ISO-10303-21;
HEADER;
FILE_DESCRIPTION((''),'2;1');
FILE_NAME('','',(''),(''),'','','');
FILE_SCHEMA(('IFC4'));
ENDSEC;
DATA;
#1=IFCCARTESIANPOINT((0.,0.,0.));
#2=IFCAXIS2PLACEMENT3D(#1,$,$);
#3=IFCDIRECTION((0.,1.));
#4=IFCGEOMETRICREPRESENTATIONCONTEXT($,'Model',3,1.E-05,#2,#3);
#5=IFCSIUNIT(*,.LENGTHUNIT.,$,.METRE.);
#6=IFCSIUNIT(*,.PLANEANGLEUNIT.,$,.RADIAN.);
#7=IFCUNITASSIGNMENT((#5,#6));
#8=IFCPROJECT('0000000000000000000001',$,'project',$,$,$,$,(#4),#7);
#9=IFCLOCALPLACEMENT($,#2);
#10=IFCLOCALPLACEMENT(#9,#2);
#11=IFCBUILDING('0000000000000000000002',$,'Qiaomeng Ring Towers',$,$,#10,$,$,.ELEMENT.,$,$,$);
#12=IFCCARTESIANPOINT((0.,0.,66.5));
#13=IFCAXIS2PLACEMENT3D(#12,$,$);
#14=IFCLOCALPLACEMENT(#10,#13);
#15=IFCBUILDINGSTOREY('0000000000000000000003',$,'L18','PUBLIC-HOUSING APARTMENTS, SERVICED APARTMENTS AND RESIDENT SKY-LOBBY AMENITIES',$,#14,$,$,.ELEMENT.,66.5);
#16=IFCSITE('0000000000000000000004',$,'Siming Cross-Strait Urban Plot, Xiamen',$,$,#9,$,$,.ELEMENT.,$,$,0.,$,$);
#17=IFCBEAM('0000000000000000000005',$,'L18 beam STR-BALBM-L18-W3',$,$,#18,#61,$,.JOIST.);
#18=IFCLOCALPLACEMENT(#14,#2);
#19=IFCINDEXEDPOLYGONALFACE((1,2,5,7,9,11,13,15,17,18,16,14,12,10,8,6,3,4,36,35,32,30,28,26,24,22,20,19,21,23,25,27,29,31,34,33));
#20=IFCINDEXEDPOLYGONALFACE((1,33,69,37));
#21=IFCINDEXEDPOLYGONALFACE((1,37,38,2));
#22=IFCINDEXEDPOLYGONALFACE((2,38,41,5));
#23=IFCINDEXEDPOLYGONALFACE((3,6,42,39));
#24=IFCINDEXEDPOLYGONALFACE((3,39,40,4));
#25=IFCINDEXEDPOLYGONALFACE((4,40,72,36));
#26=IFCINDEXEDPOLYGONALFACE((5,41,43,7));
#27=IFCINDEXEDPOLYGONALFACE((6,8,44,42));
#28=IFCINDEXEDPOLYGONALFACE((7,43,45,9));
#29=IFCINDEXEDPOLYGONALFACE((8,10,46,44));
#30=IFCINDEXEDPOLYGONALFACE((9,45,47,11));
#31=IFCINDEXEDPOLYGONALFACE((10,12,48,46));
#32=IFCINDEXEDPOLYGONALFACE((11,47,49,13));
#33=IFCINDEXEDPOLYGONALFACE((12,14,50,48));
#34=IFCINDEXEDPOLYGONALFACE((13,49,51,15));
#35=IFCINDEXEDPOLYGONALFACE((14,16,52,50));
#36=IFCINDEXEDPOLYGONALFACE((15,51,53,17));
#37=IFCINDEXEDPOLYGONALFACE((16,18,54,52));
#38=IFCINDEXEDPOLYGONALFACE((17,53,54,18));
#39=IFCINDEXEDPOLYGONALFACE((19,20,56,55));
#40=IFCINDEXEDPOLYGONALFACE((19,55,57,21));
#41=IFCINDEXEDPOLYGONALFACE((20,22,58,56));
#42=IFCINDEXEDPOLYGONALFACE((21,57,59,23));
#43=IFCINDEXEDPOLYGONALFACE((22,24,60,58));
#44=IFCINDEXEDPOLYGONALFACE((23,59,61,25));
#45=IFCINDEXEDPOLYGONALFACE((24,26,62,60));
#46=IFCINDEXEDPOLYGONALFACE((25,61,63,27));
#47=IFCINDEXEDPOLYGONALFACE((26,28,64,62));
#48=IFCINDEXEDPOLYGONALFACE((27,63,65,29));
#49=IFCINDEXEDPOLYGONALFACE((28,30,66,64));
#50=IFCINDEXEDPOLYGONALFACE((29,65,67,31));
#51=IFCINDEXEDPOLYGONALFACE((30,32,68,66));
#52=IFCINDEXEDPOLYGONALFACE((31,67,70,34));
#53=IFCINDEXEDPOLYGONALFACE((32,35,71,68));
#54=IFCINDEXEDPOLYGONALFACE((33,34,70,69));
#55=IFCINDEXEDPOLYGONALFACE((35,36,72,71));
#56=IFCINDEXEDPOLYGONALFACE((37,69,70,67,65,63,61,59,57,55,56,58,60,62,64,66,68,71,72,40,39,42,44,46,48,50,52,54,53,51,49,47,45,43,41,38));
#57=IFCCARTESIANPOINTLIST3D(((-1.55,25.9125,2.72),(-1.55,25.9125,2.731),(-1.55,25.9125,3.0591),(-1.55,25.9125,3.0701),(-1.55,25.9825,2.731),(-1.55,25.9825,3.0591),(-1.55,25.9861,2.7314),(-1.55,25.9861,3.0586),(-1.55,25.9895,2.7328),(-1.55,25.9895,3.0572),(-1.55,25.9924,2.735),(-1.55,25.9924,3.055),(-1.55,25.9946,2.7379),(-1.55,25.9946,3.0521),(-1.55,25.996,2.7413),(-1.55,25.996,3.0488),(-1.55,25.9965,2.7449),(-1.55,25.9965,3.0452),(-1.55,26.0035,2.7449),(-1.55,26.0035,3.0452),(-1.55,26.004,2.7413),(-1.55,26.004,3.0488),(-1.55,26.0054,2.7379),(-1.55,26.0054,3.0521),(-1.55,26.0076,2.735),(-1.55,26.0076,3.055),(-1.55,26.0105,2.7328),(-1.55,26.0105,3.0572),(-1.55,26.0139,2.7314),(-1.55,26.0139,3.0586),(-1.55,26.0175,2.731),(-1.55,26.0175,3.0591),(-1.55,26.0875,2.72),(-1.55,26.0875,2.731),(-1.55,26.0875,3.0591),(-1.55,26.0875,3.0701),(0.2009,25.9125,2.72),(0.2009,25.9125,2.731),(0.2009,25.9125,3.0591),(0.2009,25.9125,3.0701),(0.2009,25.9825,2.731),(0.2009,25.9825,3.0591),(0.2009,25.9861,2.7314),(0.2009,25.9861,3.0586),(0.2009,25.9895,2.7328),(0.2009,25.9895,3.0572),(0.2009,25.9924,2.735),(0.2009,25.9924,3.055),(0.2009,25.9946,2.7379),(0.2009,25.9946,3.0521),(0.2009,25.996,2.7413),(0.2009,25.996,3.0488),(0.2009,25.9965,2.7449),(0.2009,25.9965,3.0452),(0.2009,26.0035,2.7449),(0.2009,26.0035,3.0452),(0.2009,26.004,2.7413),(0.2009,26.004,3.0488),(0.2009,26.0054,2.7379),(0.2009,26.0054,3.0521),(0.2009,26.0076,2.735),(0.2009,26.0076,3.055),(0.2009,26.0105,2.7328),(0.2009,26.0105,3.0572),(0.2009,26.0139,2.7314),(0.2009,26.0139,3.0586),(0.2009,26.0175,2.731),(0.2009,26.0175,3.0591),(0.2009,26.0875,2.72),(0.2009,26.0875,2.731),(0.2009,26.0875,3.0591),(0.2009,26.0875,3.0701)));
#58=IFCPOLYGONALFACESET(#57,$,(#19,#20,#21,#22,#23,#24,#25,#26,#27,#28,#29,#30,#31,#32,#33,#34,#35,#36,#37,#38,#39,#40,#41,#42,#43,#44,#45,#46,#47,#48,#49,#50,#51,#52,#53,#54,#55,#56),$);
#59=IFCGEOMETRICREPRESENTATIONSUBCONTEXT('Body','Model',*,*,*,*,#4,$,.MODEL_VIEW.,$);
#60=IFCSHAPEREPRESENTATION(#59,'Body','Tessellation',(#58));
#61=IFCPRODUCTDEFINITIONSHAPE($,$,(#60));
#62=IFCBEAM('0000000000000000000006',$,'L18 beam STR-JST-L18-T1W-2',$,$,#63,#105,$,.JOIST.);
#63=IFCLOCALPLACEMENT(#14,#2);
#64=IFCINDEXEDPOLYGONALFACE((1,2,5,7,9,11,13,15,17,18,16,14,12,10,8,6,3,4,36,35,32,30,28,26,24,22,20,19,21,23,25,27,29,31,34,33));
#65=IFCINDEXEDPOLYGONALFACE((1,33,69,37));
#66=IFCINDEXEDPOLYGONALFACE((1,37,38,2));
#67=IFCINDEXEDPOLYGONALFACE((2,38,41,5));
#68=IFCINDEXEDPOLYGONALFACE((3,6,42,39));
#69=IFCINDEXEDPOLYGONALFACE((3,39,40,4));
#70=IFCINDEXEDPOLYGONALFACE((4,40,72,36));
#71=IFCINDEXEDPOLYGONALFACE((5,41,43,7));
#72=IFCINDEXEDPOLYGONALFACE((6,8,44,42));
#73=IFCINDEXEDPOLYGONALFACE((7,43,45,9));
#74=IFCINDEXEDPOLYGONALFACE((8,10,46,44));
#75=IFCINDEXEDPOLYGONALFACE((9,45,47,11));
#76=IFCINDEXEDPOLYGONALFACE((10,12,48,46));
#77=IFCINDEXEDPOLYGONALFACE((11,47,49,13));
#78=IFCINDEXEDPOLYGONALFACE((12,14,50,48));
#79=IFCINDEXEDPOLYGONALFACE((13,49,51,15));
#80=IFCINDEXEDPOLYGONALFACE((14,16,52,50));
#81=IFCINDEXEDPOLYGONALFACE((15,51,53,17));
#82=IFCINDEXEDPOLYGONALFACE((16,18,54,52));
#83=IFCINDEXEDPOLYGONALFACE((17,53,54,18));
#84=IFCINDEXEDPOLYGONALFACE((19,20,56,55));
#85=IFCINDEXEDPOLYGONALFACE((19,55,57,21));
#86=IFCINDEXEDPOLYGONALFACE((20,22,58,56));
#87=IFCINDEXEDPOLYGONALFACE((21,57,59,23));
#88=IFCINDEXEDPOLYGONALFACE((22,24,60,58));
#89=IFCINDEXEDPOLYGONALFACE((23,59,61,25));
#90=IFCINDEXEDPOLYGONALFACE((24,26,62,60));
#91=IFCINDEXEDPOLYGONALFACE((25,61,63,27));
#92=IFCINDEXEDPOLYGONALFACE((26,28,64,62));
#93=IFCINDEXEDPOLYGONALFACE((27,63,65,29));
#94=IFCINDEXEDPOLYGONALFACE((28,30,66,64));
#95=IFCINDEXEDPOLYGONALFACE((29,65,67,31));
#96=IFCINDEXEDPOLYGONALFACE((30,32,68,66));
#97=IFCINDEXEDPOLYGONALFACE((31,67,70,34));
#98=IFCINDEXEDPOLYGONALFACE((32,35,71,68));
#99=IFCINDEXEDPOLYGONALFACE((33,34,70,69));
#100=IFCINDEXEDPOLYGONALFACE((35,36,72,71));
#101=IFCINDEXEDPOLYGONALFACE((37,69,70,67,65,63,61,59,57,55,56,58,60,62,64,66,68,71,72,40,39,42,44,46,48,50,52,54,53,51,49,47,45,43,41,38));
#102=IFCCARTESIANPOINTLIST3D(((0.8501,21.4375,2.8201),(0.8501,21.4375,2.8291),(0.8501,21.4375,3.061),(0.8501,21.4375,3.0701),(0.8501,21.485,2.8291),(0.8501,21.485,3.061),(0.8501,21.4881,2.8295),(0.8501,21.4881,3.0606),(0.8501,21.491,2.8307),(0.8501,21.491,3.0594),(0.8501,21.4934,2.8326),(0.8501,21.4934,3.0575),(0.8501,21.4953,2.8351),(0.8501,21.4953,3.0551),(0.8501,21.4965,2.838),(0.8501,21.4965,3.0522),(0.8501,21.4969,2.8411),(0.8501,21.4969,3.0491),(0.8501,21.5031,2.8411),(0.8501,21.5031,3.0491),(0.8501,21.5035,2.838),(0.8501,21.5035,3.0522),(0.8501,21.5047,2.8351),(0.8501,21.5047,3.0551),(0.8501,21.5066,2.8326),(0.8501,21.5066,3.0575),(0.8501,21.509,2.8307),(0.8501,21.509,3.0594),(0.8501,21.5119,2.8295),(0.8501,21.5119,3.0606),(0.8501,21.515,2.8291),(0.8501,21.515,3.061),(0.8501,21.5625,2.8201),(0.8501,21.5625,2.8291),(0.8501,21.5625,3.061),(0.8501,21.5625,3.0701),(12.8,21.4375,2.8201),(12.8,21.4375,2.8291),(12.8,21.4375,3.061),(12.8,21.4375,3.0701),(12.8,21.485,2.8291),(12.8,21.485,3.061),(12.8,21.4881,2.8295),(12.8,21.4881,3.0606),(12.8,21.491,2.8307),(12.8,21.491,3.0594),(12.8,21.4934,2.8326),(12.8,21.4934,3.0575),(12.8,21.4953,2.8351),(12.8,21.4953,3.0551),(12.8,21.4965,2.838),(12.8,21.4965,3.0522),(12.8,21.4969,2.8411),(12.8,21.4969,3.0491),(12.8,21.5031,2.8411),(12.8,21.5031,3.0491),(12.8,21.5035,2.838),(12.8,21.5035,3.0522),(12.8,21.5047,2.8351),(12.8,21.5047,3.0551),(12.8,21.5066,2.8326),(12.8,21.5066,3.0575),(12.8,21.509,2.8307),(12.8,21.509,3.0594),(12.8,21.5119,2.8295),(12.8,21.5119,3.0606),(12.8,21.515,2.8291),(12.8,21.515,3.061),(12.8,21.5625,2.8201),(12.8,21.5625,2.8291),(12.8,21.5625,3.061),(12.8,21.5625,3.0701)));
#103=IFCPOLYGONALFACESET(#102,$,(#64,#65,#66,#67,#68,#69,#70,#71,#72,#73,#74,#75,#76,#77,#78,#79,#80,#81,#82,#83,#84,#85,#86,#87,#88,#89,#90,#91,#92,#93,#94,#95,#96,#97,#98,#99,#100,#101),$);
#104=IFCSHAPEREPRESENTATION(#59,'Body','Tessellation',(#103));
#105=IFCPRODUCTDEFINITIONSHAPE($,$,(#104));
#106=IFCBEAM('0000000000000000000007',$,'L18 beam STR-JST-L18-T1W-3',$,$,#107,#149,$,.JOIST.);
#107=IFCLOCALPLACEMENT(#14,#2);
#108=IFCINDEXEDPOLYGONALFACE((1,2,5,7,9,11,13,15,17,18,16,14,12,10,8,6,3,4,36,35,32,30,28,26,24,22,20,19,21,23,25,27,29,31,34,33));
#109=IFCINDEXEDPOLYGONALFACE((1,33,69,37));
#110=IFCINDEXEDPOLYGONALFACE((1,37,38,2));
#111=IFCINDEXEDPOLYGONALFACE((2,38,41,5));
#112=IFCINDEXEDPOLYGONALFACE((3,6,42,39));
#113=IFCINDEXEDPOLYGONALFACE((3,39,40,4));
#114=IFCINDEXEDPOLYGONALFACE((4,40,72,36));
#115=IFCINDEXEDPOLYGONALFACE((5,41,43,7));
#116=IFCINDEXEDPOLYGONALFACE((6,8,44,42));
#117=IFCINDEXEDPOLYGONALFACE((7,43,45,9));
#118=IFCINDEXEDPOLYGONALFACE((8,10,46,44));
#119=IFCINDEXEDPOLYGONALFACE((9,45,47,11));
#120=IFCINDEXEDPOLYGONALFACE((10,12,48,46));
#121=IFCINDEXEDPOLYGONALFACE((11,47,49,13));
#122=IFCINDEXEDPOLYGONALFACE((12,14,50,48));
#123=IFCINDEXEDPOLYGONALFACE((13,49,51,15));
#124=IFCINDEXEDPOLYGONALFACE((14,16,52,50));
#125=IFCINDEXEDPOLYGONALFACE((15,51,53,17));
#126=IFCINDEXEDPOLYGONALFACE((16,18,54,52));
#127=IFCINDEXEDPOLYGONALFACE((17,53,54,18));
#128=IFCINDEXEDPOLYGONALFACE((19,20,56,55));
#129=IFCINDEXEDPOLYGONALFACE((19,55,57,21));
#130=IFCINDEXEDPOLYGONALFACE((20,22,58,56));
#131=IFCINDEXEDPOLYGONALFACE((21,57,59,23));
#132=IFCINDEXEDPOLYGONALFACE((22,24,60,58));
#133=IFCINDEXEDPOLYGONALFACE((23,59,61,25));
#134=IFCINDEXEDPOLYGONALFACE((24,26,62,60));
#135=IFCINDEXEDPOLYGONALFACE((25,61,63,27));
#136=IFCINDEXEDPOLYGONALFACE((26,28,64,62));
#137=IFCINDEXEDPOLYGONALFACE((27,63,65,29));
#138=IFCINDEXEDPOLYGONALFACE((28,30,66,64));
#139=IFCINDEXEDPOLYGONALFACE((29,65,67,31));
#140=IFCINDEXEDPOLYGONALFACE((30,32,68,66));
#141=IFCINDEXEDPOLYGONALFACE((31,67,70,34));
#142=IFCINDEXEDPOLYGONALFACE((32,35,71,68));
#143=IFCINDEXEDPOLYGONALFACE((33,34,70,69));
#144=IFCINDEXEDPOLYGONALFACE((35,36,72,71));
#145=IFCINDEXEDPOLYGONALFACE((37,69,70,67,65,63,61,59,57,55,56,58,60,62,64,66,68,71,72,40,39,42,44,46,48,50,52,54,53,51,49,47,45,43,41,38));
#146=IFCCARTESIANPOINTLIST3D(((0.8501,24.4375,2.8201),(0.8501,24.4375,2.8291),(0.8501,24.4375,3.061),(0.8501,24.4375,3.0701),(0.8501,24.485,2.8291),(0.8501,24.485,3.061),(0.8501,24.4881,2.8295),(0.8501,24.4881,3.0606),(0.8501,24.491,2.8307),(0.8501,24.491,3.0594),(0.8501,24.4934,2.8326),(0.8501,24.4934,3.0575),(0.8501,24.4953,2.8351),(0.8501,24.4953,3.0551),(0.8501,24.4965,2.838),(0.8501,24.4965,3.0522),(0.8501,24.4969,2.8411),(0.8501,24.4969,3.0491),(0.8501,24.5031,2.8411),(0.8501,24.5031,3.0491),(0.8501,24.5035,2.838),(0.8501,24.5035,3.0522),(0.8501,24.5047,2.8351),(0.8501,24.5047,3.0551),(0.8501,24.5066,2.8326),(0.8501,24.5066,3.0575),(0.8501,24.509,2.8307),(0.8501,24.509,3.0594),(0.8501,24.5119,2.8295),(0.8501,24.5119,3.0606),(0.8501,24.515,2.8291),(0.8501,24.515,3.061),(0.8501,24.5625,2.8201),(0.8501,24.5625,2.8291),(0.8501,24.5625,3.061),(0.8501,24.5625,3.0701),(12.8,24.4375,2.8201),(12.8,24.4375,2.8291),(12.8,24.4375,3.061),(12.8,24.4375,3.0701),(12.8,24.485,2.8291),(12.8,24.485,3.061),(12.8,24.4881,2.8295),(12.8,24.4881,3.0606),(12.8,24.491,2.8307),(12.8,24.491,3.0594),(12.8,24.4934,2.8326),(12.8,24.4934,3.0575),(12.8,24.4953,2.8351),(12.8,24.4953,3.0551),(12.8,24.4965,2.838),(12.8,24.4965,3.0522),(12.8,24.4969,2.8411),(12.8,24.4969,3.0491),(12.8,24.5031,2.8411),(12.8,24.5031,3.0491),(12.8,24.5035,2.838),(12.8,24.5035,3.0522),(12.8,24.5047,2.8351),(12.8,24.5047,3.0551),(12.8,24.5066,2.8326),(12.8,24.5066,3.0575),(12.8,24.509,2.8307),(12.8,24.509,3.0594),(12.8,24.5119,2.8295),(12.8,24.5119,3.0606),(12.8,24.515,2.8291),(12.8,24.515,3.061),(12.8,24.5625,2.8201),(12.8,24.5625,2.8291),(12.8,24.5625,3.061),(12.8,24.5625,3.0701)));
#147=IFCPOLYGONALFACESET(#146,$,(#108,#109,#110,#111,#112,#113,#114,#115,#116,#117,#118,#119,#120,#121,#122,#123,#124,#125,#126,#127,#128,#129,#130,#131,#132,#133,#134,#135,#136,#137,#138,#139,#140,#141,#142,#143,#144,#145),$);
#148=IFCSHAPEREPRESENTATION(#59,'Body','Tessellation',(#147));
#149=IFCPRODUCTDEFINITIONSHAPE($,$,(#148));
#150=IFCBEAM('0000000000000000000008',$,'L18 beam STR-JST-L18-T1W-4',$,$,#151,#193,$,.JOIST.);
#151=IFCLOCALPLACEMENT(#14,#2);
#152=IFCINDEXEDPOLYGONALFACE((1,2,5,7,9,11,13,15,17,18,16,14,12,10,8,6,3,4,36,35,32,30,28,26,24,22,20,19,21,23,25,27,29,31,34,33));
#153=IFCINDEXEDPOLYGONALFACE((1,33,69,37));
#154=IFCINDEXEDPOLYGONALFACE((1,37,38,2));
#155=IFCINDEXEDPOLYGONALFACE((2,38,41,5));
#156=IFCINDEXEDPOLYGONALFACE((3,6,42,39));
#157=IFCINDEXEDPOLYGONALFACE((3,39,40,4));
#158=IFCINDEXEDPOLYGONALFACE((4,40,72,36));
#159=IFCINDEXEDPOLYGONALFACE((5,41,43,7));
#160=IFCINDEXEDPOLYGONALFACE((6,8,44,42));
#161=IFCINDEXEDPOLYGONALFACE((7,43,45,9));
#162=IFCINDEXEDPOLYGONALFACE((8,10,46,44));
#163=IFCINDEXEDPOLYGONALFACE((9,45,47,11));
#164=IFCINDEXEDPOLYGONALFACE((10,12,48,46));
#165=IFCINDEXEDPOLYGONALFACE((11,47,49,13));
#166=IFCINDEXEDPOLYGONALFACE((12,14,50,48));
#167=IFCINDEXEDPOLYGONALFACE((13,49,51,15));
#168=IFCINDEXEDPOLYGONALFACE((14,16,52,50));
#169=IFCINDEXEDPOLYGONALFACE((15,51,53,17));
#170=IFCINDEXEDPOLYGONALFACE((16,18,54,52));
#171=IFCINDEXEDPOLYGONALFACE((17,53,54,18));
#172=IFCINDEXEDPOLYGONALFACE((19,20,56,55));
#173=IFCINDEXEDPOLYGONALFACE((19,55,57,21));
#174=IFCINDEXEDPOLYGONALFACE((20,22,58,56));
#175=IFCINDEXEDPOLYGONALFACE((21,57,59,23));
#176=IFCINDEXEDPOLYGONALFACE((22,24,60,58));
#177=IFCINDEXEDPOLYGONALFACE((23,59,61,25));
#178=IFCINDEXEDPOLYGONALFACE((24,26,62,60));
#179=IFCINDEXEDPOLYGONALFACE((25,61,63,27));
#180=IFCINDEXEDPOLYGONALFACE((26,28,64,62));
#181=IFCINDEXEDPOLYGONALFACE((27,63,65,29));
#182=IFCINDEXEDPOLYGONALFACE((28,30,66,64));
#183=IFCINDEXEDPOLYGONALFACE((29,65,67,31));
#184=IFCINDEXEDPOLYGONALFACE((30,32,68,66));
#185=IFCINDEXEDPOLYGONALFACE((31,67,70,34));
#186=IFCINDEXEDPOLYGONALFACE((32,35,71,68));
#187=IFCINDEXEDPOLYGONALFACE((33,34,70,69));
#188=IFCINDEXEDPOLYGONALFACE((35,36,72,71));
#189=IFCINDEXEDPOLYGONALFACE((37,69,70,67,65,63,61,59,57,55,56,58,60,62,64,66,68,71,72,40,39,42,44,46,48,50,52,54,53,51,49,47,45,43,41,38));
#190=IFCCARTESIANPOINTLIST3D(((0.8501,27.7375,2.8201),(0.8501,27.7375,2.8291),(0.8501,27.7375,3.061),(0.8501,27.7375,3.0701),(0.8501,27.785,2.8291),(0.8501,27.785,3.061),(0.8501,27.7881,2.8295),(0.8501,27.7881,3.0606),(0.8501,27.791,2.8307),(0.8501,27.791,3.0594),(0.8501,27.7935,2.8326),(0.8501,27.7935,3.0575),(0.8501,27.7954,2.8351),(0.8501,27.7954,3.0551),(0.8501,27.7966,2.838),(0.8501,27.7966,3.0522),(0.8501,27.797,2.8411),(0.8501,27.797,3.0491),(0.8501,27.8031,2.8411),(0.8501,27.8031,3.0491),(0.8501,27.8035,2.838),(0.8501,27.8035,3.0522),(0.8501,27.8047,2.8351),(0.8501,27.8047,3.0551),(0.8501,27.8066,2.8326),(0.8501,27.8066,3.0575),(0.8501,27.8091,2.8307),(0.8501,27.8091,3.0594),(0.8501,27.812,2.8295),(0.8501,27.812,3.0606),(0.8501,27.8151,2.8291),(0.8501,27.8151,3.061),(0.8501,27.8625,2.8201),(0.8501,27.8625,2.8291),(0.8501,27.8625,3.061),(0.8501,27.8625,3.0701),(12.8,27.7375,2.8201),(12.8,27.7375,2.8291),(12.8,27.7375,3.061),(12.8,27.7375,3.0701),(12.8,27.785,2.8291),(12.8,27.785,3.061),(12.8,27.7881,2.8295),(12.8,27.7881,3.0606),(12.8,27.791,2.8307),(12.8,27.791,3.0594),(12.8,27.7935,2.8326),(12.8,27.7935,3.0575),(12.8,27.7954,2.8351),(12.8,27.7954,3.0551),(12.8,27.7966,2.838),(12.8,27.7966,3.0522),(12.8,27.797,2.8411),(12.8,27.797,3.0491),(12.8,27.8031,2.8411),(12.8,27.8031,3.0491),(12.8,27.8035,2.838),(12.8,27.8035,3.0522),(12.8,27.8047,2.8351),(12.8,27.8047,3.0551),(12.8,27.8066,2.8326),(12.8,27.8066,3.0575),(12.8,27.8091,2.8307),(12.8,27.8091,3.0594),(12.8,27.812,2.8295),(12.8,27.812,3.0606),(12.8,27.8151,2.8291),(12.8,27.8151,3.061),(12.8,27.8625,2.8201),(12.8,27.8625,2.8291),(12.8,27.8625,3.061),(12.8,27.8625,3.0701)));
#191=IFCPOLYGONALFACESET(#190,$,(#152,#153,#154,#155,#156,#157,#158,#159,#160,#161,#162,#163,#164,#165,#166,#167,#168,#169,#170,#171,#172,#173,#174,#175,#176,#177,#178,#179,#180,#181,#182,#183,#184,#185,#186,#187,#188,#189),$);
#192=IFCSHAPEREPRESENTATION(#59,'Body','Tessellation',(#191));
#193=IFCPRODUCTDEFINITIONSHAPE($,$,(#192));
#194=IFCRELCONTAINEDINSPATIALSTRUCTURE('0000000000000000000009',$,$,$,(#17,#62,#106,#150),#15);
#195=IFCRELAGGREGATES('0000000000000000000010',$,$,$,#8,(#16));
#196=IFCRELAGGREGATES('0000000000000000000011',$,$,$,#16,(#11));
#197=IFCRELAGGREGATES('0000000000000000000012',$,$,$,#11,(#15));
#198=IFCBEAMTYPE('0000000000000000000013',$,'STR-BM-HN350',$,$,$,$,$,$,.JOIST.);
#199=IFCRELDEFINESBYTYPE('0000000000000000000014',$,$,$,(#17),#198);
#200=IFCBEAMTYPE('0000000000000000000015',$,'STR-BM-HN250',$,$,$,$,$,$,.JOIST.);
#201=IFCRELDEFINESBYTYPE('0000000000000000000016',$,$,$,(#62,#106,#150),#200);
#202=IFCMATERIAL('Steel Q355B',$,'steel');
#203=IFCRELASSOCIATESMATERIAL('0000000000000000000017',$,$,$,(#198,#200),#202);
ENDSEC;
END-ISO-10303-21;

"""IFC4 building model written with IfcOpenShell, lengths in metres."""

from ifc_helpers import new_model, si_unit, direction, frame, origin, origin_2d, place, context, subcontext, project, spatial, i_section, extrude, source, transform, mapped, material, material_profile, profile_set, type_object, element, save


model = new_model("IFC4")

# Units and contexts
model_context = context("Model", 3, precision=1e-05, world=origin(), true_north=direction((0.0, 1.0)))
body_context = subcontext(model_context, "Body", "Model", "MODEL_VIEW")
ifc_project = project(units=[si_unit("LENGTHUNIT", "METRE"), si_unit("PLANEANGLEUNIT", "RADIAN")], contexts=[model_context])

# Site, building, storey
site_placement = place(None, origin())
site = spatial("IfcSite", under=ifc_project, at=site_placement, Name="Siming Cross-Strait Urban Plot, Xiamen", CompositionType="ELEMENT", RefElevation=0.0)
building_placement = place(site_placement, origin())
building = spatial("IfcBuilding", under=site, at=building_placement, Name="Qiaomeng Ring Towers", CompositionType="ELEMENT")
storey_placement = place(building_placement, frame((0.0, 0.0, 66.5)))
storey = spatial("IfcBuildingStorey", under=building, at=storey_placement, Name="L18", Description="PUBLIC-HOUSING APARTMENTS, SERVICED APARTMENTS AND RESIDENT SKY-LOBBY AMENITIES", CompositionType="ELEMENT", Elevation=66.5)

# Beams
ifc_material_1 = material(Name="Steel Q355B", Category="steel")
ifc_material_profile_1 = material_profile(ifc_material_1, i_section(OverallWidth=0.175, OverallDepth=0.3501, WebThickness=0.0071, FlangeThickness=0.011, FilletRadius=0.0139, at=origin_2d()), Name="HN 350x175x7x11")
ifc_profile_set_1 = profile_set([ifc_material_profile_1], Name="Steel Q355B")
beam_type_1 = type_object("IfcBeamType", Name="STR-BM-HN350", PredefinedType="JOIST", material=ifc_profile_set_1)
shared_shape_1 = source(origin(), body_context, "Body", "SweptSolid", [
    extrude(i_section(OverallWidth=0.175, OverallDepth=0.3501, WebThickness=0.0071, FlangeThickness=0.011, FilletRadius=0.0139, at=origin_2d()), origin(), (0.0, 0.0, 1.0), 1.751),
])
beam_1_placement = place(storey_placement, frame((-1.55, 26.0, 2.895), z_axis=(1.0, 0.0, 0.0), x_axis=(0.0, 1.0, 0.0)))
element("IfcBeam", 1, at=beam_1_placement, inside=storey, type_object=beam_type_1, Name="L18 beam STR-BALBM-L18-W3", PredefinedType="JOIST", context=body_context, shape_type="MappedRepresentation", body=[
    mapped(shared_shape_1, transform((0.0, 0.0, 0.0), x_axis=(1.0, 0.0, 0.0), y_axis=(0.0, 1.0, 0.0), z_axis=(0.0, 0.0, 1.0), scale=1.0)),
])
ifc_material_profile_2 = material_profile(ifc_material_1, i_section(OverallWidth=0.125, OverallDepth=0.25, WebThickness=0.0061, FlangeThickness=0.009, FilletRadius=0.012, at=origin_2d()), Name="HN 250x125x6x9")
ifc_profile_set_2 = profile_set([ifc_material_profile_2], Name="Steel Q355B")
beam_type_2 = type_object("IfcBeamType", Name="STR-BM-HN250", PredefinedType="JOIST", material=ifc_profile_set_2)
shared_shape_2 = source(origin(), body_context, "Body", "SweptSolid", [
    extrude(i_section(OverallWidth=0.125, OverallDepth=0.25, WebThickness=0.0061, FlangeThickness=0.009, FilletRadius=0.012, at=origin_2d()), origin(), (0.0, 0.0, 1.0), 11.95),
])
for number, where, z_axis, x_axis, name in (
    (2, (0.8501, 21.5, 2.9451), (1.0, 0.0, 0.0), (0.0, 1.0, 0.0), "L18 beam STR-JST-L18-T1W-2"),
    (3, (0.8501, 24.5, 2.9451), (1.0, 0.0, 0.0), (0.0, 1.0, 0.0), "L18 beam STR-JST-L18-T1W-3"),
    (4, (0.8501, 27.8, 2.9451), (1.0, 0.0, 0.0), (0.0, 1.0, 0.0), "L18 beam STR-JST-L18-T1W-4"),
):
    element("IfcBeam", number, at=place(storey_placement, frame(where, z_axis=z_axis, x_axis=x_axis)), inside=storey, type_object=beam_type_2, Name=name, PredefinedType="JOIST", context=body_context, shape_type="MappedRepresentation", body=[
        mapped(shared_shape_2, transform((0.0, 0.0, 0.0), x_axis=(1.0, 0.0, 0.0), y_axis=(0.0, 1.0, 0.0), z_axis=(0.0, 0.0, 1.0), scale=1.0)),
    ])

save(model, "model.ifc")
